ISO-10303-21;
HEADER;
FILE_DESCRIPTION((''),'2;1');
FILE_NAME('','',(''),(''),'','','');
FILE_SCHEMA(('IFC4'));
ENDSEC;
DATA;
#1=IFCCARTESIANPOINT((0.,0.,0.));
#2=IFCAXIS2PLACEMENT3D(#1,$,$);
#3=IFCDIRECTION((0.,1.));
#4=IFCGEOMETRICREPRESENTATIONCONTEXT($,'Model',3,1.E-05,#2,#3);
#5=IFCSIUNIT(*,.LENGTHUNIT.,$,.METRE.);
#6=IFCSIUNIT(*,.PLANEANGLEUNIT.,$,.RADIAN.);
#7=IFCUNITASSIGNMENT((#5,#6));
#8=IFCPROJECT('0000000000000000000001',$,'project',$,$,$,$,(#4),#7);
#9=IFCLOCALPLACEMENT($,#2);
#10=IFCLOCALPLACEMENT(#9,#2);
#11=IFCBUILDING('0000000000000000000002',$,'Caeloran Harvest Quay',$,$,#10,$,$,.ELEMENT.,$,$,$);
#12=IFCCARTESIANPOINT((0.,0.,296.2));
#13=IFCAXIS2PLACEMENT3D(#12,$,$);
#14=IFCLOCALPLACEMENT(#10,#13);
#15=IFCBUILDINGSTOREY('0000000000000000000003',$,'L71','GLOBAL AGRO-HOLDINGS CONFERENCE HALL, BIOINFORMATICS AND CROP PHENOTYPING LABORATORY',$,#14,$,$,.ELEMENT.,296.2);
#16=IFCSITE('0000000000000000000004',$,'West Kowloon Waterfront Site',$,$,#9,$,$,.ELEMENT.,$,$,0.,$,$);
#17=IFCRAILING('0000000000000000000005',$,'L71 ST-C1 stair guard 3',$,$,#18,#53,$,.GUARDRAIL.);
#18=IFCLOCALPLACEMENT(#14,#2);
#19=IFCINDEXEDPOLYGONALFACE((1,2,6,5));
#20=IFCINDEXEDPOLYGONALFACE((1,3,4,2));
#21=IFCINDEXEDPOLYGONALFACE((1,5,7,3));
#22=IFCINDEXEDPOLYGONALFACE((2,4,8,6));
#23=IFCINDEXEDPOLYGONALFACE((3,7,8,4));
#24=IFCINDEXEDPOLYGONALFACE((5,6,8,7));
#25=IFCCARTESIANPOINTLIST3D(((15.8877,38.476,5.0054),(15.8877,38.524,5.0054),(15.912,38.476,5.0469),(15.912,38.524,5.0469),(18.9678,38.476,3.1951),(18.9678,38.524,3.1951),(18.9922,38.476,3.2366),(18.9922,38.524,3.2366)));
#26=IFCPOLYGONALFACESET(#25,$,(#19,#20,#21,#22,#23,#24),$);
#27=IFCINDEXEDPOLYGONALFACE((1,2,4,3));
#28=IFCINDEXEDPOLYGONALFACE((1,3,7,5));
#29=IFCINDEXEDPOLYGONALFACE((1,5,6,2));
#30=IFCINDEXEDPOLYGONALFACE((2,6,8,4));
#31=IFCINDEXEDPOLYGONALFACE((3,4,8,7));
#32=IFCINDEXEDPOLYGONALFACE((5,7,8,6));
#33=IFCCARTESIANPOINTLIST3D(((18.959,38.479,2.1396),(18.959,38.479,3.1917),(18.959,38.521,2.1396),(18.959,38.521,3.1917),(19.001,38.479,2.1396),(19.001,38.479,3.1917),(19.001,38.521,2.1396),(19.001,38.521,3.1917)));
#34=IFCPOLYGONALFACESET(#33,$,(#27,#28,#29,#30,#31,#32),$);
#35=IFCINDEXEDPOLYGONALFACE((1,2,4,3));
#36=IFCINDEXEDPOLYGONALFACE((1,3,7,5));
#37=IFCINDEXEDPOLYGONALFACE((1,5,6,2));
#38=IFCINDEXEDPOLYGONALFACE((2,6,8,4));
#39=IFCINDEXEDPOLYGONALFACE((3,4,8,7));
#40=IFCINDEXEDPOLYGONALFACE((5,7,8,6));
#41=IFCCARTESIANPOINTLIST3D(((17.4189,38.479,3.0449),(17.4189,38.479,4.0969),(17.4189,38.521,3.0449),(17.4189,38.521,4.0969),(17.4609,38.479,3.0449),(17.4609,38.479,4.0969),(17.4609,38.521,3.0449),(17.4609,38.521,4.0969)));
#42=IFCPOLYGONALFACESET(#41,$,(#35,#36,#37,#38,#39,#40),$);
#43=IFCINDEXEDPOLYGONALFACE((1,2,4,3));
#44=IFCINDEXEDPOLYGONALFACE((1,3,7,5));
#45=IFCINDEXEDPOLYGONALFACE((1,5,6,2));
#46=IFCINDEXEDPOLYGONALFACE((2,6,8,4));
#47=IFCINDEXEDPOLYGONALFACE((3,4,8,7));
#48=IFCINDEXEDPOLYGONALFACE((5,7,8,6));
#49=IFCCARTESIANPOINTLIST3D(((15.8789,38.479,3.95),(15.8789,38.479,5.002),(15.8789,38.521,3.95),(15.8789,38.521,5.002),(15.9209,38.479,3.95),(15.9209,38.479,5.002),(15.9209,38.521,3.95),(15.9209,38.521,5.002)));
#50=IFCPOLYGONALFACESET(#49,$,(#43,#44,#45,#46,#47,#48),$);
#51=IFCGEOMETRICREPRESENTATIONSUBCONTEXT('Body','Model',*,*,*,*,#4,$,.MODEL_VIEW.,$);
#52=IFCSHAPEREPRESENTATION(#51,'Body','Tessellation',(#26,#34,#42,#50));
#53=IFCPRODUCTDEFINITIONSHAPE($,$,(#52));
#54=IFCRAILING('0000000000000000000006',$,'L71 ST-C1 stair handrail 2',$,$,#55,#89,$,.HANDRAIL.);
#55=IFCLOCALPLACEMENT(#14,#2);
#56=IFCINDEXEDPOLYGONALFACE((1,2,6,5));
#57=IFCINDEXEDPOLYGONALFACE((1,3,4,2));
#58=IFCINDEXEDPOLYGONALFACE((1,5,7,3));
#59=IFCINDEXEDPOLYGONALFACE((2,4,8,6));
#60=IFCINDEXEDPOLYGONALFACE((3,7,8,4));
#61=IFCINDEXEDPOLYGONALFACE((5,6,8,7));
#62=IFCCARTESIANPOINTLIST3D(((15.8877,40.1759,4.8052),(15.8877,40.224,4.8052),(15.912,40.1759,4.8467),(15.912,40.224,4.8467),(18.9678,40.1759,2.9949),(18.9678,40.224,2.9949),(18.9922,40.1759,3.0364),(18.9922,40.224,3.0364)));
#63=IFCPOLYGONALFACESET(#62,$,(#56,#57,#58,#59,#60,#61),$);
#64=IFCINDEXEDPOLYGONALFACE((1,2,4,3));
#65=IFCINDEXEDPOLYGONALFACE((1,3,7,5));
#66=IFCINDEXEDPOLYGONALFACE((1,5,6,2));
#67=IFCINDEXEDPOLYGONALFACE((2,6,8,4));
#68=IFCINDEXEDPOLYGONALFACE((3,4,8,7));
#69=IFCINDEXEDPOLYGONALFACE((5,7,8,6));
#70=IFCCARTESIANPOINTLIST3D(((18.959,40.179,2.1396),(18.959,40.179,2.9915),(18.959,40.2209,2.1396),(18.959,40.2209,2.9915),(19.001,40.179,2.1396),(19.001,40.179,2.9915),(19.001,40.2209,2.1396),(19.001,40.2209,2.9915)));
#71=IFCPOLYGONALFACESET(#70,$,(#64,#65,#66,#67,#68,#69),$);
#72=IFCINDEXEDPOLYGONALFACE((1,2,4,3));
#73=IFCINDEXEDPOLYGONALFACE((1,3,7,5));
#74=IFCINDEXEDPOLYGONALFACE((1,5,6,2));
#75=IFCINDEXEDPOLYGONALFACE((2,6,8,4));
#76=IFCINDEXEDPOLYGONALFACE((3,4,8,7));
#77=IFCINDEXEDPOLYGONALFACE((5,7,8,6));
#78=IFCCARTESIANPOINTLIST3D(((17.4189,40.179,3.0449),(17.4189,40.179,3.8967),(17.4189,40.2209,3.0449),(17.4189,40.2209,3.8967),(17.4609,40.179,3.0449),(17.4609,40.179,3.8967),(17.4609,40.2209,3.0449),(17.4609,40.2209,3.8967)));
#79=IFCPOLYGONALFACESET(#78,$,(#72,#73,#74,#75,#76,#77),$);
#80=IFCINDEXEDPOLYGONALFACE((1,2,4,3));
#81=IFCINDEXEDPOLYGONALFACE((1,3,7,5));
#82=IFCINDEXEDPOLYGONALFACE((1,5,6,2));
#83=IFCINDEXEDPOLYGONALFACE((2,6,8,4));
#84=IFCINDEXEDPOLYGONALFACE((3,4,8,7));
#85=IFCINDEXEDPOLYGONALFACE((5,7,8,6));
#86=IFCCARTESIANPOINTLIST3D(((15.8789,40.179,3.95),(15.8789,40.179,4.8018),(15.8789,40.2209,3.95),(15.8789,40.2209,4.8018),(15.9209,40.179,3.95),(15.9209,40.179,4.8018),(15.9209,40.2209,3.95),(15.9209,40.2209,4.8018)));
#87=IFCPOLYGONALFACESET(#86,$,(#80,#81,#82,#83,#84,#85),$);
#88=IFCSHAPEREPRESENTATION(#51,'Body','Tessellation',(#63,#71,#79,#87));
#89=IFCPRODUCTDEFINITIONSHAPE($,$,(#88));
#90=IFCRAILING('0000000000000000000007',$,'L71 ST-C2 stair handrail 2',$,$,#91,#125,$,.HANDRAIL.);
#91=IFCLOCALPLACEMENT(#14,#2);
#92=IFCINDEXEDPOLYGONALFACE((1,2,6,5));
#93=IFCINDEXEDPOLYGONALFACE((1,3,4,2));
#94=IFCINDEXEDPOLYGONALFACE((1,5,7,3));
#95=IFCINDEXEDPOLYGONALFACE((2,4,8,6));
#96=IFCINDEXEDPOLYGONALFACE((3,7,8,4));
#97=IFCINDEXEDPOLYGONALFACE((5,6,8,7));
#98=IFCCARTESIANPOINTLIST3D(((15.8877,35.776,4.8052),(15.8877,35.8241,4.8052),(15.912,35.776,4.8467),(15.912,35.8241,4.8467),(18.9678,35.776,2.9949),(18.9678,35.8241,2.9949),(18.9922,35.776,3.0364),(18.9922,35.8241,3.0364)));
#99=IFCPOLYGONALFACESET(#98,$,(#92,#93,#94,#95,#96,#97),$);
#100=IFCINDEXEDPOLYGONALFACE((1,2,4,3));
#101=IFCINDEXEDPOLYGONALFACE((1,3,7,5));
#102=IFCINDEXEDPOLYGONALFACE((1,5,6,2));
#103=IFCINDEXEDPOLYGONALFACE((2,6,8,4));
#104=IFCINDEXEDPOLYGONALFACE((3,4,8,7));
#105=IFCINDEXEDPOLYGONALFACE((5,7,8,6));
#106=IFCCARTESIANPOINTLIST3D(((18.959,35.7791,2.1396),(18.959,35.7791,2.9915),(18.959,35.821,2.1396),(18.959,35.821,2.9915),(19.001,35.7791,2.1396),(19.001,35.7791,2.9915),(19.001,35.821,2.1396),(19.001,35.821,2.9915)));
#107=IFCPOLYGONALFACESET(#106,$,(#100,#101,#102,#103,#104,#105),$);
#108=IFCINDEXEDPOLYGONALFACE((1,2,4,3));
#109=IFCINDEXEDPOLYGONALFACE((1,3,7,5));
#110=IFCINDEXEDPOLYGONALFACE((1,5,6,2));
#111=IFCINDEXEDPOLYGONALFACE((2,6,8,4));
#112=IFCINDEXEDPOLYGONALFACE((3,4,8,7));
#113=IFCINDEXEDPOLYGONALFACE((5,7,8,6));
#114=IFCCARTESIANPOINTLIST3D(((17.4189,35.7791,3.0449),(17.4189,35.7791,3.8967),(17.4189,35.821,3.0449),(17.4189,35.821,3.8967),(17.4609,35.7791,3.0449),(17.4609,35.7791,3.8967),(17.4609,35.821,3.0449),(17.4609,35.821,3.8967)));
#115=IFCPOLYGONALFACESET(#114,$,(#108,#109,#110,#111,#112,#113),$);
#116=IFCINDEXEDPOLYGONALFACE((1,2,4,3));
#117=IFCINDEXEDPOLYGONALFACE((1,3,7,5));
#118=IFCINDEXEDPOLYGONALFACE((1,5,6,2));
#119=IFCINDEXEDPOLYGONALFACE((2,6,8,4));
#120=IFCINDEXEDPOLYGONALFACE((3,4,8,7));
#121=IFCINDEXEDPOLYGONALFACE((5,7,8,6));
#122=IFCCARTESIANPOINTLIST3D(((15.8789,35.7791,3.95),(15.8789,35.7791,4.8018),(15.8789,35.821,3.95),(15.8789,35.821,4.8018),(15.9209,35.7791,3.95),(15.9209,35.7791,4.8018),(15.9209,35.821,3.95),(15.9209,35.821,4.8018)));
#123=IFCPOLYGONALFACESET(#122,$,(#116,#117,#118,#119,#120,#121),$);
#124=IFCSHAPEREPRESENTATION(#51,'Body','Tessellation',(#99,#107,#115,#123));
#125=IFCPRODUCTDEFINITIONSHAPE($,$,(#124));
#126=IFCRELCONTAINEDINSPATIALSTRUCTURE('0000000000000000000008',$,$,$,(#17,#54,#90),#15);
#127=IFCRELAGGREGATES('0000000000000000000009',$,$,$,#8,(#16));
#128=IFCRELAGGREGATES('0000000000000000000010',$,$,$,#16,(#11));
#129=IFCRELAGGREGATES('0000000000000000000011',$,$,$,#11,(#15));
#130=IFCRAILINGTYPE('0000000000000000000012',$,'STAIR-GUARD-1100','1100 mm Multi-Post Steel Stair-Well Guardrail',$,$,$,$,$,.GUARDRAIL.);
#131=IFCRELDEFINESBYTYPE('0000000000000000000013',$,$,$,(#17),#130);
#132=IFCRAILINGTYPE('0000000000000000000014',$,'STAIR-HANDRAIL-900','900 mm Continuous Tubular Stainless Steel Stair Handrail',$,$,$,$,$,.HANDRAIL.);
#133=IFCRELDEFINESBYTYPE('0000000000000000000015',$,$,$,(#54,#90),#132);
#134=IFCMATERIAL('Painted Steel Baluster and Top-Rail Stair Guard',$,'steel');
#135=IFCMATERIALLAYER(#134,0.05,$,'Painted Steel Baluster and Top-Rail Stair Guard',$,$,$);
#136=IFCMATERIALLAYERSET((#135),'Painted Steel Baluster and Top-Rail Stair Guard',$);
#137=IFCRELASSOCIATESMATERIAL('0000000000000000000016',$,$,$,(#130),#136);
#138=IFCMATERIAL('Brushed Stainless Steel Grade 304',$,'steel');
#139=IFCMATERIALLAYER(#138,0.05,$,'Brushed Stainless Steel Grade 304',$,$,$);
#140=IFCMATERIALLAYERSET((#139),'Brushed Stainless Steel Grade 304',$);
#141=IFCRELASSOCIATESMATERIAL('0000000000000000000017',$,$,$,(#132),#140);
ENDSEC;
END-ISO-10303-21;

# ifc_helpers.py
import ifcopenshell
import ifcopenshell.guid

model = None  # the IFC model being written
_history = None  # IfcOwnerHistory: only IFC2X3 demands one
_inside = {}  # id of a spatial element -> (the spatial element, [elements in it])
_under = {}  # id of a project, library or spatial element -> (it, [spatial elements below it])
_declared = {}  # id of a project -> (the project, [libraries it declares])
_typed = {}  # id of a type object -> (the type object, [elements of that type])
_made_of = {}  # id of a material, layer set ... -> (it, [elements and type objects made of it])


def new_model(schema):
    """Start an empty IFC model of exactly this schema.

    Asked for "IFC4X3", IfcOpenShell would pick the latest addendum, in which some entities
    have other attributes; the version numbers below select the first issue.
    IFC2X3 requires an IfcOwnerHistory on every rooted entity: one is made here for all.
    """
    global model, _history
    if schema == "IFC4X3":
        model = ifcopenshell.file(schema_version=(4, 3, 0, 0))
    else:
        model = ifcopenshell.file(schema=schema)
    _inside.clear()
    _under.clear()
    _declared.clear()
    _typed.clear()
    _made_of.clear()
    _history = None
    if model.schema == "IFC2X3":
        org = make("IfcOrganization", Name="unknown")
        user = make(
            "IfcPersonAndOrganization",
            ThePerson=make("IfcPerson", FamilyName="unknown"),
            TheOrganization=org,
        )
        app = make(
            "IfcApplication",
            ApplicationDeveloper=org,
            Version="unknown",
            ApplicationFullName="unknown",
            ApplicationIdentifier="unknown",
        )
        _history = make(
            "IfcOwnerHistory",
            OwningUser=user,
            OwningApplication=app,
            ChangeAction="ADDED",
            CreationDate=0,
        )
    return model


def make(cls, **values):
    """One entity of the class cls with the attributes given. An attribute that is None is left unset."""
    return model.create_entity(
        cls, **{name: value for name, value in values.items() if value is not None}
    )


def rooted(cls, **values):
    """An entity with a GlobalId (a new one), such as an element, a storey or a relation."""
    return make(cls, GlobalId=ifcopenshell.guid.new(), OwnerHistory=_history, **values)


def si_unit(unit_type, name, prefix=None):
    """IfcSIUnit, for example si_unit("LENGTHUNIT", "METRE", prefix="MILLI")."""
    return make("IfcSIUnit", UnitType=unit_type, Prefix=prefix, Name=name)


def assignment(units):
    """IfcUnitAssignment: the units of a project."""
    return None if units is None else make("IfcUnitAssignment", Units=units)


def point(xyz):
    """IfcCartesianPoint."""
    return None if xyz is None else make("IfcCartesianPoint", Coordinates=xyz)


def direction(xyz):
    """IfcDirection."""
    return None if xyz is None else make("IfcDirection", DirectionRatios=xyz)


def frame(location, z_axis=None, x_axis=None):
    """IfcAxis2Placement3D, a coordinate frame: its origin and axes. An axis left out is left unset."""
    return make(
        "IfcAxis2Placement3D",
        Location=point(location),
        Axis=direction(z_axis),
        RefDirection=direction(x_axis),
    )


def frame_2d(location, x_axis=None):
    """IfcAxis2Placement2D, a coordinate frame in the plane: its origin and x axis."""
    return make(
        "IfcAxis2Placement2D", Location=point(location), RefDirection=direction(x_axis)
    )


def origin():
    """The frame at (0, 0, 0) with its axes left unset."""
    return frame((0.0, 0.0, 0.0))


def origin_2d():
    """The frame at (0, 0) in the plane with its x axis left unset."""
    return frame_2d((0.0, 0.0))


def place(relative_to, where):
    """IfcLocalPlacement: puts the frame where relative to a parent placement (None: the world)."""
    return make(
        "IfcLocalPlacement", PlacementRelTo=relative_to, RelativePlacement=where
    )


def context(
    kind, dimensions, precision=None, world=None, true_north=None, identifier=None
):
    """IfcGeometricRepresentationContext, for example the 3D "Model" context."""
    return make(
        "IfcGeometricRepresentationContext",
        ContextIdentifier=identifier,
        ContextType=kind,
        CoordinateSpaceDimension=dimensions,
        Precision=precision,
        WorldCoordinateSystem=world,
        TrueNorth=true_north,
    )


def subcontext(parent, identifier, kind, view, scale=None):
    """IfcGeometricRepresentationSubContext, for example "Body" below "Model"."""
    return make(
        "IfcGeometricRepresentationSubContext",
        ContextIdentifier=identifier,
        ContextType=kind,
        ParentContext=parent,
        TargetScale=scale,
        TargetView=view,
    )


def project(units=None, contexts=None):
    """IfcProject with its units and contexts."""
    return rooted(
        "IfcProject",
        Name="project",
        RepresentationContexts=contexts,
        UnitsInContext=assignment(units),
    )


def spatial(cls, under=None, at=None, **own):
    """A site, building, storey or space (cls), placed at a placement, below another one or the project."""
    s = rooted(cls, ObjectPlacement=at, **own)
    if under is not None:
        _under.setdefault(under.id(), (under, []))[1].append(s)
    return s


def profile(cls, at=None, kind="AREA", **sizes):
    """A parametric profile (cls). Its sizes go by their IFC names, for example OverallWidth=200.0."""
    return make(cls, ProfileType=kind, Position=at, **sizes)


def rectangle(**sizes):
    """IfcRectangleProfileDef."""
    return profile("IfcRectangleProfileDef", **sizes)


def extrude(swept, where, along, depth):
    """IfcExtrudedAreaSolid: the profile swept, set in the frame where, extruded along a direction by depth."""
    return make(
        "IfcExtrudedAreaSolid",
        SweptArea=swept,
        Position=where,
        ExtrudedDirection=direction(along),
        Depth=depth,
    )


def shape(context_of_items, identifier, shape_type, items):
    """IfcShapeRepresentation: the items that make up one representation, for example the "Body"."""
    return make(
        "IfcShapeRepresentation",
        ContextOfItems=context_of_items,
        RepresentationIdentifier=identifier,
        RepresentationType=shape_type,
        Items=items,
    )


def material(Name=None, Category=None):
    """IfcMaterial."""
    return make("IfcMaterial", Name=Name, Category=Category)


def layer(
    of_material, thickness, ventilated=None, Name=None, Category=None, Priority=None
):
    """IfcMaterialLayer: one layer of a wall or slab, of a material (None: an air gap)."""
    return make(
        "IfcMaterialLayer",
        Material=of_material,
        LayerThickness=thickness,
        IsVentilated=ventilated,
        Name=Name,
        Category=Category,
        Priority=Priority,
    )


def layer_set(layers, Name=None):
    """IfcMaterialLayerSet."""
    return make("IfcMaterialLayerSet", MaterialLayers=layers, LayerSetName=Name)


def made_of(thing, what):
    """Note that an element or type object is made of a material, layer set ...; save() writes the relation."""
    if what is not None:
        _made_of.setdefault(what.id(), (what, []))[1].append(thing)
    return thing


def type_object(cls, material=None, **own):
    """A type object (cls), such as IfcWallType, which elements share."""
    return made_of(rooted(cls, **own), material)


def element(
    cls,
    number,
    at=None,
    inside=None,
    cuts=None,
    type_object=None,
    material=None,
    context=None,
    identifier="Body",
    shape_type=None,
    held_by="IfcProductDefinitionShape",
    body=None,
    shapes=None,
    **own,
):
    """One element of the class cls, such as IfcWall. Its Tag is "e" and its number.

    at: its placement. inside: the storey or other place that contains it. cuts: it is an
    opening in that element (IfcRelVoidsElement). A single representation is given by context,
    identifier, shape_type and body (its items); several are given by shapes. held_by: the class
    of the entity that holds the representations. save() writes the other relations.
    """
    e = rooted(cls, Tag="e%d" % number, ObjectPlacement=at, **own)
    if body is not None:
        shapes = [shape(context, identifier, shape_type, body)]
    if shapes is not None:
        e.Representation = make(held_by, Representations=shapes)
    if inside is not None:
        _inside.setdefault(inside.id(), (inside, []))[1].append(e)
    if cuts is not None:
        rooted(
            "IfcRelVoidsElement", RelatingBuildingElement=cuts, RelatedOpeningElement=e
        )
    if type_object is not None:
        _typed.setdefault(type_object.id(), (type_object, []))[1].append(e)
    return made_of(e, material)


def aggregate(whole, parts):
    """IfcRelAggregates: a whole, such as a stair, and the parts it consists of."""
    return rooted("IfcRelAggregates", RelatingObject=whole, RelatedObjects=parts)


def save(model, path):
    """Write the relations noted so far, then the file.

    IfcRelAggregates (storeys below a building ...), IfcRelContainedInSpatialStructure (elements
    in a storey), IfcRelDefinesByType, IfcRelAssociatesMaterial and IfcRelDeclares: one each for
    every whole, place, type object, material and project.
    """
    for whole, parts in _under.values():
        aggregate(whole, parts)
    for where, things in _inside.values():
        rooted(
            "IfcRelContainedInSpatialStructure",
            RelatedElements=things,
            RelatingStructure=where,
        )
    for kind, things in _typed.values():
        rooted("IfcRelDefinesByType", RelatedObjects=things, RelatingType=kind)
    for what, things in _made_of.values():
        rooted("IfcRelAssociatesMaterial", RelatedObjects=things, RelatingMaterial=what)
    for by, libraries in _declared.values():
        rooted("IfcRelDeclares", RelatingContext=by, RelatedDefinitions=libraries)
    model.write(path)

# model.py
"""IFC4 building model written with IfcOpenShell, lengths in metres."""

from ifc_helpers import new_model, si_unit, direction, frame, origin, origin_2d, place, context, subcontext, project, spatial, rectangle, extrude, material, layer, layer_set, type_object, element, save


model = new_model("IFC4")

# Units and contexts
model_context = context("Model", 3, precision=1e-05, world=origin(), true_north=direction((0.0, 1.0)))
body_context = subcontext(model_context, "Body", "Model", "MODEL_VIEW")
ifc_project = project(units=[si_unit("LENGTHUNIT", "METRE"), si_unit("PLANEANGLEUNIT", "RADIAN")], contexts=[model_context])

# Site, building, storey
site_placement = place(None, origin())
site = spatial("IfcSite", under=ifc_project, at=site_placement, Name="West Kowloon Waterfront Site", CompositionType="ELEMENT", RefElevation=0.0)
building_placement = place(site_placement, origin())
building = spatial("IfcBuilding", under=site, at=building_placement, Name="Caeloran Harvest Quay", CompositionType="ELEMENT")
storey_placement = place(building_placement, frame((0.0, 0.0, 296.2)))
storey = spatial("IfcBuildingStorey", under=building, at=storey_placement, Name="L71", Description="GLOBAL AGRO-HOLDINGS CONFERENCE HALL, BIOINFORMATICS AND CROP PHENOTYPING LABORATORY", CompositionType="ELEMENT", Elevation=296.2)

# Railings
ifc_material_1 = material(Name="Painted Steel Baluster and Top-Rail Stair Guard", Category="steel")
ifc_layer_1 = layer(ifc_material_1, 0.05, Name="Painted Steel Baluster and Top-Rail Stair Guard")
ifc_layer_set_1 = layer_set([ifc_layer_1], Name="Painted Steel Baluster and Top-Rail Stair Guard")
railing_type_1 = type_object("IfcRailingType", Name="STAIR-GUARD-1100", Description="1100 mm Multi-Post Steel Stair-Well Guardrail", PredefinedType="GUARDRAIL", material=ifc_layer_set_1)
railing_1_placement = place(storey_placement, frame((18.98, 38.5, 2.1396)))
element("IfcRailing", 1, at=railing_1_placement, inside=storey, type_object=railing_type_1, Name="L71 ST-C1 stair guard 3", PredefinedType="GUARDRAIL", context=body_context, shape_type="SweptSolid", body=[
    extrude(rectangle(XDim=0.0481, YDim=0.0481, at=origin_2d()), frame((0.0, 0.0, 1.0762), z_axis=(-0.862119, 0.0, 0.506707), x_axis=(0.0, -1.0, 0.0)), (0.0, 0.0, 1.0), 3.5728),
    extrude(rectangle(XDim=0.042, YDim=0.042, at=origin_2d()), origin(), (0.0, 0.0, 1.0), 1.052),
    extrude(rectangle(XDim=0.042, YDim=0.042, at=origin_2d()), frame((-1.54, 0.0, 0.9053)), (0.0, 0.0, 1.0), 1.052),
    extrude(rectangle(XDim=0.042, YDim=0.042, at=origin_2d()), frame((-3.0801, 0.0, 1.8103)), (0.0, 0.0, 1.0), 1.052),
])
ifc_material_2 = material(Name="Brushed Stainless Steel Grade 304", Category="steel")
ifc_layer_2 = layer(ifc_material_2, 0.05, Name="Brushed Stainless Steel Grade 304")
ifc_layer_set_2 = layer_set([ifc_layer_2], Name="Brushed Stainless Steel Grade 304")
railing_type_2 = type_object("IfcRailingType", Name="STAIR-HANDRAIL-900", Description="900 mm Continuous Tubular Stainless Steel Stair Handrail", PredefinedType="HANDRAIL", material=ifc_layer_set_2)
for number, where, name in (
    (2, (18.98, 40.2, 2.1396), "L71 ST-C1 stair handrail 2"),
    (3, (18.98, 35.8, 2.1396), "L71 ST-C2 stair handrail 2"),
):
    element("IfcRailing", number, at=place(storey_placement, frame(where)), inside=storey, type_object=railing_type_2, Name=name, PredefinedType="HANDRAIL", context=body_context, shape_type="SweptSolid", body=[
        extrude(rectangle(XDim=0.0481, YDim=0.0481, at=origin_2d()), frame((0.0, 0.0, 0.876), z_axis=(-0.862119, 0.0, 0.506707), x_axis=(0.0, -1.0, 0.0)), (0.0, 0.0, 1.0), 3.5728),
        extrude(rectangle(XDim=0.042, YDim=0.042, at=origin_2d()), origin(), (0.0, 0.0, 1.0), 0.8518),
        extrude(rectangle(XDim=0.042, YDim=0.042, at=origin_2d()), frame((-1.54, 0.0, 0.9053)), (0.0, 0.0, 1.0), 0.8518),
        extrude(rectangle(XDim=0.042, YDim=0.042, at=origin_2d()), frame((-3.0801, 0.0, 1.8103)), (0.0, 0.0, 1.0), 0.8518),
    ])

save(model, "model.ifc")
